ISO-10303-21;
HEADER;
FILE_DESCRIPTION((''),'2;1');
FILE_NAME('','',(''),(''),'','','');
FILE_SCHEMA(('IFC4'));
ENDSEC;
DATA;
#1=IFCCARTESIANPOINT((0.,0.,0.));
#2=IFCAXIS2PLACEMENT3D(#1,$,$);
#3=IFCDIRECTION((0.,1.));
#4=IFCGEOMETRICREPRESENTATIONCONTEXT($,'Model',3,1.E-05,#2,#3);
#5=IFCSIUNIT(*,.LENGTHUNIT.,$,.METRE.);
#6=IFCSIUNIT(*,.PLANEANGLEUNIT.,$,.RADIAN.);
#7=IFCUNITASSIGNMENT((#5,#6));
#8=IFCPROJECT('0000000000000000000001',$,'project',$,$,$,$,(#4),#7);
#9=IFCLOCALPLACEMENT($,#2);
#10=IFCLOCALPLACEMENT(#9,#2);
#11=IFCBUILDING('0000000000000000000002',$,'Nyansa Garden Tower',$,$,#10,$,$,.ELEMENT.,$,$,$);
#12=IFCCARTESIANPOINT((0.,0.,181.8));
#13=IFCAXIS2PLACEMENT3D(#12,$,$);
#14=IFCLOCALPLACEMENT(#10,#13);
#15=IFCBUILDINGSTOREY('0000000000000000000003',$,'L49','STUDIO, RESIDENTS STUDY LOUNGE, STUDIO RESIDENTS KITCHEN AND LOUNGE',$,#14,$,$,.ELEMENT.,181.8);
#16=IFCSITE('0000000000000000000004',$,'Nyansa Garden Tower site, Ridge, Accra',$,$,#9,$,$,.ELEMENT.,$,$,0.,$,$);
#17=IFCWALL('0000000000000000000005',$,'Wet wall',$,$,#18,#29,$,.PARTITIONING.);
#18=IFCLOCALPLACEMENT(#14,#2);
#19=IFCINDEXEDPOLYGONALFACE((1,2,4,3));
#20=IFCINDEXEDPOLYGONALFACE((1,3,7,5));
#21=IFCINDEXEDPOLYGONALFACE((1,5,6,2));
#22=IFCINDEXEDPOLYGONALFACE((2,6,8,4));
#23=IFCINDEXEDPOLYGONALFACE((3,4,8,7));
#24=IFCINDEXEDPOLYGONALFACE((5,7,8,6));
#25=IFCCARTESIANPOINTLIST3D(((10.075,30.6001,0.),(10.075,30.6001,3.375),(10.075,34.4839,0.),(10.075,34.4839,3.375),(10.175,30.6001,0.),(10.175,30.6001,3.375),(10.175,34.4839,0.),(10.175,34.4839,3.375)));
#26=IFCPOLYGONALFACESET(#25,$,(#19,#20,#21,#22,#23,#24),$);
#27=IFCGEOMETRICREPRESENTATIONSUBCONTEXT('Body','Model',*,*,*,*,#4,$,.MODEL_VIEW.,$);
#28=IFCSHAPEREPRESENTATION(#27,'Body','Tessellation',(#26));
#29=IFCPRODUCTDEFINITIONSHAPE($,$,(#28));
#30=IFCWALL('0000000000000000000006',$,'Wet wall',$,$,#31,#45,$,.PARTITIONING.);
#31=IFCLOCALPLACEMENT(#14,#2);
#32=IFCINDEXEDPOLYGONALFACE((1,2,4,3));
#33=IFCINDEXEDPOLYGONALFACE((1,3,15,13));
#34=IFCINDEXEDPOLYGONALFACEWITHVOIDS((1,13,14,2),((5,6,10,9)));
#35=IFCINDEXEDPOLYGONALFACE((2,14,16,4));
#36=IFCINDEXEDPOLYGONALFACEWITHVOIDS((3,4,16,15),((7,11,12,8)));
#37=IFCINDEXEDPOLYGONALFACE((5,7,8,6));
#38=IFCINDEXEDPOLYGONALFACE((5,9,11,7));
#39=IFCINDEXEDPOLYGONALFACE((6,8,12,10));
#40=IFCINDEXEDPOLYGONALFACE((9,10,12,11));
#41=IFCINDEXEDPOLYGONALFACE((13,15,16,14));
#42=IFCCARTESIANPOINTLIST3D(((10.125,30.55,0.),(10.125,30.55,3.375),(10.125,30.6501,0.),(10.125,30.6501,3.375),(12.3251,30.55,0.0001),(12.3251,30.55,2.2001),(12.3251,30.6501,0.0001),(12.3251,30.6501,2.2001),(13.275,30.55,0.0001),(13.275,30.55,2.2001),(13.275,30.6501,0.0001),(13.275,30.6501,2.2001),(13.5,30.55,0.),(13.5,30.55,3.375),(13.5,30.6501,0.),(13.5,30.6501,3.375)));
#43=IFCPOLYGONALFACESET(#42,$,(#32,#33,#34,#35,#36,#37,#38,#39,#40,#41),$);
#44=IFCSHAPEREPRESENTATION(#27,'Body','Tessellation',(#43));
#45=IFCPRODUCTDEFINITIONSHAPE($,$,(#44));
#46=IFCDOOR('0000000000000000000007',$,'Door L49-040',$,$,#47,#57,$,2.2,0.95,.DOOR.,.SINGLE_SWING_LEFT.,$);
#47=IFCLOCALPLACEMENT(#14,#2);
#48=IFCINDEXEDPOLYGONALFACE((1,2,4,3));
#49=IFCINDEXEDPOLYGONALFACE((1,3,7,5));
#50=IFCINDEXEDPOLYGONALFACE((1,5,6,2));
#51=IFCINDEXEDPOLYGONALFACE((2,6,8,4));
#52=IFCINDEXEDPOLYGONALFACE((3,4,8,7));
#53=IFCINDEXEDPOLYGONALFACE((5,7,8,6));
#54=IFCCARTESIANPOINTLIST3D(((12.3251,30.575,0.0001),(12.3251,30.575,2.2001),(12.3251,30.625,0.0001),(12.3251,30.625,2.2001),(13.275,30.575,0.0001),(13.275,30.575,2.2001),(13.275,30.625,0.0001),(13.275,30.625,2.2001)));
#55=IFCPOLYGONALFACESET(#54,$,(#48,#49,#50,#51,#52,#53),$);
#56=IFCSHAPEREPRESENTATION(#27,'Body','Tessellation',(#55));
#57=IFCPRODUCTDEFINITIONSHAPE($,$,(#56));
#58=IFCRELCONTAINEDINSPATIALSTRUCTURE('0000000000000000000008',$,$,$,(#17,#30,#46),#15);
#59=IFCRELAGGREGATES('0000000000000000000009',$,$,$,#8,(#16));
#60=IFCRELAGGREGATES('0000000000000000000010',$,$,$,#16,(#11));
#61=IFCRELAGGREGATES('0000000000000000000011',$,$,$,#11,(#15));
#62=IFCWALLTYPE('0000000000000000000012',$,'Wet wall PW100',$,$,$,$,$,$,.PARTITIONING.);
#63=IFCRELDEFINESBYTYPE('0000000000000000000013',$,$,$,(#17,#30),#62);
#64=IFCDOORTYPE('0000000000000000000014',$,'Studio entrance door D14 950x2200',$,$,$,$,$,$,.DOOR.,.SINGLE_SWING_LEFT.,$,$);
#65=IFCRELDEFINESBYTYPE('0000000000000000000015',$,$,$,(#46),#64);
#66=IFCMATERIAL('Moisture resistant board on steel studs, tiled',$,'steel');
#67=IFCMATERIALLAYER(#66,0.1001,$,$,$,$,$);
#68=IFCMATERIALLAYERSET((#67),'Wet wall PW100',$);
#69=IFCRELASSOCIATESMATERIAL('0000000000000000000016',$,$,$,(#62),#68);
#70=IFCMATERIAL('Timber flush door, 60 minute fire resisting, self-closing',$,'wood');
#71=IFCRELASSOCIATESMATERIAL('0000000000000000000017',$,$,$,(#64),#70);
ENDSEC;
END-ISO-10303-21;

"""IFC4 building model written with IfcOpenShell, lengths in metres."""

from ifc_helpers import new_model, si_unit, direction, frame, frame_2d, origin, place, context, subcontext, project, spatial, rectangle, extrude, material, layer, layer_set, type_object, element, fill, save


model = new_model("IFC4")

# Units and contexts
model_context = context("Model", 3, precision=1e-05, world=origin(), true_north=direction((0.0, 1.0)))
body_context = subcontext(model_context, "Body", "Model", "MODEL_VIEW")
ifc_project = project(units=[si_unit("LENGTHUNIT", "METRE"), si_unit("PLANEANGLEUNIT", "RADIAN")], contexts=[model_context])

# Site, building, storey
site_placement = place(None, origin())
site = spatial("IfcSite", under=ifc_project, at=site_placement, Name="Nyansa Garden Tower site, Ridge, Accra", CompositionType="ELEMENT", RefElevation=0.0)
building_placement = place(site_placement, origin())
building = spatial("IfcBuilding", under=site, at=building_placement, Name="Nyansa Garden Tower", CompositionType="ELEMENT")
storey_placement = place(building_placement, frame((0.0, 0.0, 181.8)))
storey = spatial("IfcBuildingStorey", under=building, at=storey_placement, Name="L49", Description="STUDIO, RESIDENTS STUDY LOUNGE, STUDIO RESIDENTS KITCHEN AND LOUNGE", CompositionType="ELEMENT", Elevation=181.8)

# Wall
ifc_material_1 = material(Name="Moisture resistant board on steel studs, tiled", Category="steel")
ifc_layer_1 = layer(ifc_material_1, 0.1001)
ifc_layer_set_1 = layer_set([ifc_layer_1], Name="Wet wall PW100")
wall_type_1 = type_object("IfcWallType", Name="Wet wall PW100", PredefinedType="PARTITIONING", material=ifc_layer_set_1)
wall_1_placement = place(storey_placement, frame((10.125, 30.6001, 0.0), z_axis=(0.0, 0.0, 1.0), x_axis=(0.0, 1.0, 0.0)))
element("IfcWall", 1, at=wall_1_placement, inside=storey, type_object=wall_type_1, Name="Wet wall", PredefinedType="PARTITIONING", context=body_context, shape_type="SweptSolid", body=[
    extrude(rectangle(XDim=3.8838, YDim=0.1001, at=frame_2d((1.9419, 0.0))), origin(), (0.0, 0.0, 1.0), 3.375),
])

# Wall, opening, door
wall_2_placement = place(storey_placement, frame((10.125, 30.6001, 0.0), z_axis=(0.0, 0.0, 1.0), x_axis=(1.0, 0.0, 0.0)))
wall_2 = element("IfcWall", 2, at=wall_2_placement, inside=storey, type_object=wall_type_1, Name="Wet wall", PredefinedType="PARTITIONING", context=body_context, shape_type="SweptSolid", body=[
    extrude(rectangle(XDim=3.375, YDim=0.1001, at=frame_2d((1.6875, 0.0))), origin(), (0.0, 0.0, 1.0), 3.375),
])
opening_1_placement = place(wall_2_placement, frame((2.2, 0.0, 0.0)))
opening_1 = element("IfcOpeningElement", 3, at=opening_1_placement, cuts=wall_2, PredefinedType="OPENING", context=body_context, shape_type="SweptSolid", body=[
    extrude(rectangle(XDim=0.95, YDim=2.2, at=frame_2d((0.4751, 1.1001))), frame((0.0, 0.0601, 0.0), z_axis=(0.0, -1.0, 0.0), x_axis=(1.0, 0.0, 0.0)), (0.0, 0.0, 1.0), 0.1201),
])
ifc_material_2 = material(Name="Timber flush door, 60 minute fire resisting, self-closing", Category="wood")
door_type = type_object("IfcDoorType", Name="Studio entrance door D14 950x2200", OperationType="SINGLE_SWING_LEFT", PredefinedType="DOOR", material=ifc_material_2)
door_placement = place(opening_1_placement, origin())
door = element("IfcDoor", 4, at=door_placement, inside=storey, type_object=door_type, Name="Door L49-040", OperationType="SINGLE_SWING_LEFT", OverallHeight=2.2, OverallWidth=0.95, PredefinedType="DOOR", context=body_context, shape_type="SweptSolid", body=[
    extrude(rectangle(XDim=0.95, YDim=2.2, at=frame_2d((0.4751, 1.1001))), frame((0.0, 0.0249, 0.0), z_axis=(0.0, -1.0, 0.0), x_axis=(1.0, 0.0, 0.0)), (0.0, 0.0, 1.0), 0.05),
])
fill(opening_1, door)

save(model, "model.ifc")
